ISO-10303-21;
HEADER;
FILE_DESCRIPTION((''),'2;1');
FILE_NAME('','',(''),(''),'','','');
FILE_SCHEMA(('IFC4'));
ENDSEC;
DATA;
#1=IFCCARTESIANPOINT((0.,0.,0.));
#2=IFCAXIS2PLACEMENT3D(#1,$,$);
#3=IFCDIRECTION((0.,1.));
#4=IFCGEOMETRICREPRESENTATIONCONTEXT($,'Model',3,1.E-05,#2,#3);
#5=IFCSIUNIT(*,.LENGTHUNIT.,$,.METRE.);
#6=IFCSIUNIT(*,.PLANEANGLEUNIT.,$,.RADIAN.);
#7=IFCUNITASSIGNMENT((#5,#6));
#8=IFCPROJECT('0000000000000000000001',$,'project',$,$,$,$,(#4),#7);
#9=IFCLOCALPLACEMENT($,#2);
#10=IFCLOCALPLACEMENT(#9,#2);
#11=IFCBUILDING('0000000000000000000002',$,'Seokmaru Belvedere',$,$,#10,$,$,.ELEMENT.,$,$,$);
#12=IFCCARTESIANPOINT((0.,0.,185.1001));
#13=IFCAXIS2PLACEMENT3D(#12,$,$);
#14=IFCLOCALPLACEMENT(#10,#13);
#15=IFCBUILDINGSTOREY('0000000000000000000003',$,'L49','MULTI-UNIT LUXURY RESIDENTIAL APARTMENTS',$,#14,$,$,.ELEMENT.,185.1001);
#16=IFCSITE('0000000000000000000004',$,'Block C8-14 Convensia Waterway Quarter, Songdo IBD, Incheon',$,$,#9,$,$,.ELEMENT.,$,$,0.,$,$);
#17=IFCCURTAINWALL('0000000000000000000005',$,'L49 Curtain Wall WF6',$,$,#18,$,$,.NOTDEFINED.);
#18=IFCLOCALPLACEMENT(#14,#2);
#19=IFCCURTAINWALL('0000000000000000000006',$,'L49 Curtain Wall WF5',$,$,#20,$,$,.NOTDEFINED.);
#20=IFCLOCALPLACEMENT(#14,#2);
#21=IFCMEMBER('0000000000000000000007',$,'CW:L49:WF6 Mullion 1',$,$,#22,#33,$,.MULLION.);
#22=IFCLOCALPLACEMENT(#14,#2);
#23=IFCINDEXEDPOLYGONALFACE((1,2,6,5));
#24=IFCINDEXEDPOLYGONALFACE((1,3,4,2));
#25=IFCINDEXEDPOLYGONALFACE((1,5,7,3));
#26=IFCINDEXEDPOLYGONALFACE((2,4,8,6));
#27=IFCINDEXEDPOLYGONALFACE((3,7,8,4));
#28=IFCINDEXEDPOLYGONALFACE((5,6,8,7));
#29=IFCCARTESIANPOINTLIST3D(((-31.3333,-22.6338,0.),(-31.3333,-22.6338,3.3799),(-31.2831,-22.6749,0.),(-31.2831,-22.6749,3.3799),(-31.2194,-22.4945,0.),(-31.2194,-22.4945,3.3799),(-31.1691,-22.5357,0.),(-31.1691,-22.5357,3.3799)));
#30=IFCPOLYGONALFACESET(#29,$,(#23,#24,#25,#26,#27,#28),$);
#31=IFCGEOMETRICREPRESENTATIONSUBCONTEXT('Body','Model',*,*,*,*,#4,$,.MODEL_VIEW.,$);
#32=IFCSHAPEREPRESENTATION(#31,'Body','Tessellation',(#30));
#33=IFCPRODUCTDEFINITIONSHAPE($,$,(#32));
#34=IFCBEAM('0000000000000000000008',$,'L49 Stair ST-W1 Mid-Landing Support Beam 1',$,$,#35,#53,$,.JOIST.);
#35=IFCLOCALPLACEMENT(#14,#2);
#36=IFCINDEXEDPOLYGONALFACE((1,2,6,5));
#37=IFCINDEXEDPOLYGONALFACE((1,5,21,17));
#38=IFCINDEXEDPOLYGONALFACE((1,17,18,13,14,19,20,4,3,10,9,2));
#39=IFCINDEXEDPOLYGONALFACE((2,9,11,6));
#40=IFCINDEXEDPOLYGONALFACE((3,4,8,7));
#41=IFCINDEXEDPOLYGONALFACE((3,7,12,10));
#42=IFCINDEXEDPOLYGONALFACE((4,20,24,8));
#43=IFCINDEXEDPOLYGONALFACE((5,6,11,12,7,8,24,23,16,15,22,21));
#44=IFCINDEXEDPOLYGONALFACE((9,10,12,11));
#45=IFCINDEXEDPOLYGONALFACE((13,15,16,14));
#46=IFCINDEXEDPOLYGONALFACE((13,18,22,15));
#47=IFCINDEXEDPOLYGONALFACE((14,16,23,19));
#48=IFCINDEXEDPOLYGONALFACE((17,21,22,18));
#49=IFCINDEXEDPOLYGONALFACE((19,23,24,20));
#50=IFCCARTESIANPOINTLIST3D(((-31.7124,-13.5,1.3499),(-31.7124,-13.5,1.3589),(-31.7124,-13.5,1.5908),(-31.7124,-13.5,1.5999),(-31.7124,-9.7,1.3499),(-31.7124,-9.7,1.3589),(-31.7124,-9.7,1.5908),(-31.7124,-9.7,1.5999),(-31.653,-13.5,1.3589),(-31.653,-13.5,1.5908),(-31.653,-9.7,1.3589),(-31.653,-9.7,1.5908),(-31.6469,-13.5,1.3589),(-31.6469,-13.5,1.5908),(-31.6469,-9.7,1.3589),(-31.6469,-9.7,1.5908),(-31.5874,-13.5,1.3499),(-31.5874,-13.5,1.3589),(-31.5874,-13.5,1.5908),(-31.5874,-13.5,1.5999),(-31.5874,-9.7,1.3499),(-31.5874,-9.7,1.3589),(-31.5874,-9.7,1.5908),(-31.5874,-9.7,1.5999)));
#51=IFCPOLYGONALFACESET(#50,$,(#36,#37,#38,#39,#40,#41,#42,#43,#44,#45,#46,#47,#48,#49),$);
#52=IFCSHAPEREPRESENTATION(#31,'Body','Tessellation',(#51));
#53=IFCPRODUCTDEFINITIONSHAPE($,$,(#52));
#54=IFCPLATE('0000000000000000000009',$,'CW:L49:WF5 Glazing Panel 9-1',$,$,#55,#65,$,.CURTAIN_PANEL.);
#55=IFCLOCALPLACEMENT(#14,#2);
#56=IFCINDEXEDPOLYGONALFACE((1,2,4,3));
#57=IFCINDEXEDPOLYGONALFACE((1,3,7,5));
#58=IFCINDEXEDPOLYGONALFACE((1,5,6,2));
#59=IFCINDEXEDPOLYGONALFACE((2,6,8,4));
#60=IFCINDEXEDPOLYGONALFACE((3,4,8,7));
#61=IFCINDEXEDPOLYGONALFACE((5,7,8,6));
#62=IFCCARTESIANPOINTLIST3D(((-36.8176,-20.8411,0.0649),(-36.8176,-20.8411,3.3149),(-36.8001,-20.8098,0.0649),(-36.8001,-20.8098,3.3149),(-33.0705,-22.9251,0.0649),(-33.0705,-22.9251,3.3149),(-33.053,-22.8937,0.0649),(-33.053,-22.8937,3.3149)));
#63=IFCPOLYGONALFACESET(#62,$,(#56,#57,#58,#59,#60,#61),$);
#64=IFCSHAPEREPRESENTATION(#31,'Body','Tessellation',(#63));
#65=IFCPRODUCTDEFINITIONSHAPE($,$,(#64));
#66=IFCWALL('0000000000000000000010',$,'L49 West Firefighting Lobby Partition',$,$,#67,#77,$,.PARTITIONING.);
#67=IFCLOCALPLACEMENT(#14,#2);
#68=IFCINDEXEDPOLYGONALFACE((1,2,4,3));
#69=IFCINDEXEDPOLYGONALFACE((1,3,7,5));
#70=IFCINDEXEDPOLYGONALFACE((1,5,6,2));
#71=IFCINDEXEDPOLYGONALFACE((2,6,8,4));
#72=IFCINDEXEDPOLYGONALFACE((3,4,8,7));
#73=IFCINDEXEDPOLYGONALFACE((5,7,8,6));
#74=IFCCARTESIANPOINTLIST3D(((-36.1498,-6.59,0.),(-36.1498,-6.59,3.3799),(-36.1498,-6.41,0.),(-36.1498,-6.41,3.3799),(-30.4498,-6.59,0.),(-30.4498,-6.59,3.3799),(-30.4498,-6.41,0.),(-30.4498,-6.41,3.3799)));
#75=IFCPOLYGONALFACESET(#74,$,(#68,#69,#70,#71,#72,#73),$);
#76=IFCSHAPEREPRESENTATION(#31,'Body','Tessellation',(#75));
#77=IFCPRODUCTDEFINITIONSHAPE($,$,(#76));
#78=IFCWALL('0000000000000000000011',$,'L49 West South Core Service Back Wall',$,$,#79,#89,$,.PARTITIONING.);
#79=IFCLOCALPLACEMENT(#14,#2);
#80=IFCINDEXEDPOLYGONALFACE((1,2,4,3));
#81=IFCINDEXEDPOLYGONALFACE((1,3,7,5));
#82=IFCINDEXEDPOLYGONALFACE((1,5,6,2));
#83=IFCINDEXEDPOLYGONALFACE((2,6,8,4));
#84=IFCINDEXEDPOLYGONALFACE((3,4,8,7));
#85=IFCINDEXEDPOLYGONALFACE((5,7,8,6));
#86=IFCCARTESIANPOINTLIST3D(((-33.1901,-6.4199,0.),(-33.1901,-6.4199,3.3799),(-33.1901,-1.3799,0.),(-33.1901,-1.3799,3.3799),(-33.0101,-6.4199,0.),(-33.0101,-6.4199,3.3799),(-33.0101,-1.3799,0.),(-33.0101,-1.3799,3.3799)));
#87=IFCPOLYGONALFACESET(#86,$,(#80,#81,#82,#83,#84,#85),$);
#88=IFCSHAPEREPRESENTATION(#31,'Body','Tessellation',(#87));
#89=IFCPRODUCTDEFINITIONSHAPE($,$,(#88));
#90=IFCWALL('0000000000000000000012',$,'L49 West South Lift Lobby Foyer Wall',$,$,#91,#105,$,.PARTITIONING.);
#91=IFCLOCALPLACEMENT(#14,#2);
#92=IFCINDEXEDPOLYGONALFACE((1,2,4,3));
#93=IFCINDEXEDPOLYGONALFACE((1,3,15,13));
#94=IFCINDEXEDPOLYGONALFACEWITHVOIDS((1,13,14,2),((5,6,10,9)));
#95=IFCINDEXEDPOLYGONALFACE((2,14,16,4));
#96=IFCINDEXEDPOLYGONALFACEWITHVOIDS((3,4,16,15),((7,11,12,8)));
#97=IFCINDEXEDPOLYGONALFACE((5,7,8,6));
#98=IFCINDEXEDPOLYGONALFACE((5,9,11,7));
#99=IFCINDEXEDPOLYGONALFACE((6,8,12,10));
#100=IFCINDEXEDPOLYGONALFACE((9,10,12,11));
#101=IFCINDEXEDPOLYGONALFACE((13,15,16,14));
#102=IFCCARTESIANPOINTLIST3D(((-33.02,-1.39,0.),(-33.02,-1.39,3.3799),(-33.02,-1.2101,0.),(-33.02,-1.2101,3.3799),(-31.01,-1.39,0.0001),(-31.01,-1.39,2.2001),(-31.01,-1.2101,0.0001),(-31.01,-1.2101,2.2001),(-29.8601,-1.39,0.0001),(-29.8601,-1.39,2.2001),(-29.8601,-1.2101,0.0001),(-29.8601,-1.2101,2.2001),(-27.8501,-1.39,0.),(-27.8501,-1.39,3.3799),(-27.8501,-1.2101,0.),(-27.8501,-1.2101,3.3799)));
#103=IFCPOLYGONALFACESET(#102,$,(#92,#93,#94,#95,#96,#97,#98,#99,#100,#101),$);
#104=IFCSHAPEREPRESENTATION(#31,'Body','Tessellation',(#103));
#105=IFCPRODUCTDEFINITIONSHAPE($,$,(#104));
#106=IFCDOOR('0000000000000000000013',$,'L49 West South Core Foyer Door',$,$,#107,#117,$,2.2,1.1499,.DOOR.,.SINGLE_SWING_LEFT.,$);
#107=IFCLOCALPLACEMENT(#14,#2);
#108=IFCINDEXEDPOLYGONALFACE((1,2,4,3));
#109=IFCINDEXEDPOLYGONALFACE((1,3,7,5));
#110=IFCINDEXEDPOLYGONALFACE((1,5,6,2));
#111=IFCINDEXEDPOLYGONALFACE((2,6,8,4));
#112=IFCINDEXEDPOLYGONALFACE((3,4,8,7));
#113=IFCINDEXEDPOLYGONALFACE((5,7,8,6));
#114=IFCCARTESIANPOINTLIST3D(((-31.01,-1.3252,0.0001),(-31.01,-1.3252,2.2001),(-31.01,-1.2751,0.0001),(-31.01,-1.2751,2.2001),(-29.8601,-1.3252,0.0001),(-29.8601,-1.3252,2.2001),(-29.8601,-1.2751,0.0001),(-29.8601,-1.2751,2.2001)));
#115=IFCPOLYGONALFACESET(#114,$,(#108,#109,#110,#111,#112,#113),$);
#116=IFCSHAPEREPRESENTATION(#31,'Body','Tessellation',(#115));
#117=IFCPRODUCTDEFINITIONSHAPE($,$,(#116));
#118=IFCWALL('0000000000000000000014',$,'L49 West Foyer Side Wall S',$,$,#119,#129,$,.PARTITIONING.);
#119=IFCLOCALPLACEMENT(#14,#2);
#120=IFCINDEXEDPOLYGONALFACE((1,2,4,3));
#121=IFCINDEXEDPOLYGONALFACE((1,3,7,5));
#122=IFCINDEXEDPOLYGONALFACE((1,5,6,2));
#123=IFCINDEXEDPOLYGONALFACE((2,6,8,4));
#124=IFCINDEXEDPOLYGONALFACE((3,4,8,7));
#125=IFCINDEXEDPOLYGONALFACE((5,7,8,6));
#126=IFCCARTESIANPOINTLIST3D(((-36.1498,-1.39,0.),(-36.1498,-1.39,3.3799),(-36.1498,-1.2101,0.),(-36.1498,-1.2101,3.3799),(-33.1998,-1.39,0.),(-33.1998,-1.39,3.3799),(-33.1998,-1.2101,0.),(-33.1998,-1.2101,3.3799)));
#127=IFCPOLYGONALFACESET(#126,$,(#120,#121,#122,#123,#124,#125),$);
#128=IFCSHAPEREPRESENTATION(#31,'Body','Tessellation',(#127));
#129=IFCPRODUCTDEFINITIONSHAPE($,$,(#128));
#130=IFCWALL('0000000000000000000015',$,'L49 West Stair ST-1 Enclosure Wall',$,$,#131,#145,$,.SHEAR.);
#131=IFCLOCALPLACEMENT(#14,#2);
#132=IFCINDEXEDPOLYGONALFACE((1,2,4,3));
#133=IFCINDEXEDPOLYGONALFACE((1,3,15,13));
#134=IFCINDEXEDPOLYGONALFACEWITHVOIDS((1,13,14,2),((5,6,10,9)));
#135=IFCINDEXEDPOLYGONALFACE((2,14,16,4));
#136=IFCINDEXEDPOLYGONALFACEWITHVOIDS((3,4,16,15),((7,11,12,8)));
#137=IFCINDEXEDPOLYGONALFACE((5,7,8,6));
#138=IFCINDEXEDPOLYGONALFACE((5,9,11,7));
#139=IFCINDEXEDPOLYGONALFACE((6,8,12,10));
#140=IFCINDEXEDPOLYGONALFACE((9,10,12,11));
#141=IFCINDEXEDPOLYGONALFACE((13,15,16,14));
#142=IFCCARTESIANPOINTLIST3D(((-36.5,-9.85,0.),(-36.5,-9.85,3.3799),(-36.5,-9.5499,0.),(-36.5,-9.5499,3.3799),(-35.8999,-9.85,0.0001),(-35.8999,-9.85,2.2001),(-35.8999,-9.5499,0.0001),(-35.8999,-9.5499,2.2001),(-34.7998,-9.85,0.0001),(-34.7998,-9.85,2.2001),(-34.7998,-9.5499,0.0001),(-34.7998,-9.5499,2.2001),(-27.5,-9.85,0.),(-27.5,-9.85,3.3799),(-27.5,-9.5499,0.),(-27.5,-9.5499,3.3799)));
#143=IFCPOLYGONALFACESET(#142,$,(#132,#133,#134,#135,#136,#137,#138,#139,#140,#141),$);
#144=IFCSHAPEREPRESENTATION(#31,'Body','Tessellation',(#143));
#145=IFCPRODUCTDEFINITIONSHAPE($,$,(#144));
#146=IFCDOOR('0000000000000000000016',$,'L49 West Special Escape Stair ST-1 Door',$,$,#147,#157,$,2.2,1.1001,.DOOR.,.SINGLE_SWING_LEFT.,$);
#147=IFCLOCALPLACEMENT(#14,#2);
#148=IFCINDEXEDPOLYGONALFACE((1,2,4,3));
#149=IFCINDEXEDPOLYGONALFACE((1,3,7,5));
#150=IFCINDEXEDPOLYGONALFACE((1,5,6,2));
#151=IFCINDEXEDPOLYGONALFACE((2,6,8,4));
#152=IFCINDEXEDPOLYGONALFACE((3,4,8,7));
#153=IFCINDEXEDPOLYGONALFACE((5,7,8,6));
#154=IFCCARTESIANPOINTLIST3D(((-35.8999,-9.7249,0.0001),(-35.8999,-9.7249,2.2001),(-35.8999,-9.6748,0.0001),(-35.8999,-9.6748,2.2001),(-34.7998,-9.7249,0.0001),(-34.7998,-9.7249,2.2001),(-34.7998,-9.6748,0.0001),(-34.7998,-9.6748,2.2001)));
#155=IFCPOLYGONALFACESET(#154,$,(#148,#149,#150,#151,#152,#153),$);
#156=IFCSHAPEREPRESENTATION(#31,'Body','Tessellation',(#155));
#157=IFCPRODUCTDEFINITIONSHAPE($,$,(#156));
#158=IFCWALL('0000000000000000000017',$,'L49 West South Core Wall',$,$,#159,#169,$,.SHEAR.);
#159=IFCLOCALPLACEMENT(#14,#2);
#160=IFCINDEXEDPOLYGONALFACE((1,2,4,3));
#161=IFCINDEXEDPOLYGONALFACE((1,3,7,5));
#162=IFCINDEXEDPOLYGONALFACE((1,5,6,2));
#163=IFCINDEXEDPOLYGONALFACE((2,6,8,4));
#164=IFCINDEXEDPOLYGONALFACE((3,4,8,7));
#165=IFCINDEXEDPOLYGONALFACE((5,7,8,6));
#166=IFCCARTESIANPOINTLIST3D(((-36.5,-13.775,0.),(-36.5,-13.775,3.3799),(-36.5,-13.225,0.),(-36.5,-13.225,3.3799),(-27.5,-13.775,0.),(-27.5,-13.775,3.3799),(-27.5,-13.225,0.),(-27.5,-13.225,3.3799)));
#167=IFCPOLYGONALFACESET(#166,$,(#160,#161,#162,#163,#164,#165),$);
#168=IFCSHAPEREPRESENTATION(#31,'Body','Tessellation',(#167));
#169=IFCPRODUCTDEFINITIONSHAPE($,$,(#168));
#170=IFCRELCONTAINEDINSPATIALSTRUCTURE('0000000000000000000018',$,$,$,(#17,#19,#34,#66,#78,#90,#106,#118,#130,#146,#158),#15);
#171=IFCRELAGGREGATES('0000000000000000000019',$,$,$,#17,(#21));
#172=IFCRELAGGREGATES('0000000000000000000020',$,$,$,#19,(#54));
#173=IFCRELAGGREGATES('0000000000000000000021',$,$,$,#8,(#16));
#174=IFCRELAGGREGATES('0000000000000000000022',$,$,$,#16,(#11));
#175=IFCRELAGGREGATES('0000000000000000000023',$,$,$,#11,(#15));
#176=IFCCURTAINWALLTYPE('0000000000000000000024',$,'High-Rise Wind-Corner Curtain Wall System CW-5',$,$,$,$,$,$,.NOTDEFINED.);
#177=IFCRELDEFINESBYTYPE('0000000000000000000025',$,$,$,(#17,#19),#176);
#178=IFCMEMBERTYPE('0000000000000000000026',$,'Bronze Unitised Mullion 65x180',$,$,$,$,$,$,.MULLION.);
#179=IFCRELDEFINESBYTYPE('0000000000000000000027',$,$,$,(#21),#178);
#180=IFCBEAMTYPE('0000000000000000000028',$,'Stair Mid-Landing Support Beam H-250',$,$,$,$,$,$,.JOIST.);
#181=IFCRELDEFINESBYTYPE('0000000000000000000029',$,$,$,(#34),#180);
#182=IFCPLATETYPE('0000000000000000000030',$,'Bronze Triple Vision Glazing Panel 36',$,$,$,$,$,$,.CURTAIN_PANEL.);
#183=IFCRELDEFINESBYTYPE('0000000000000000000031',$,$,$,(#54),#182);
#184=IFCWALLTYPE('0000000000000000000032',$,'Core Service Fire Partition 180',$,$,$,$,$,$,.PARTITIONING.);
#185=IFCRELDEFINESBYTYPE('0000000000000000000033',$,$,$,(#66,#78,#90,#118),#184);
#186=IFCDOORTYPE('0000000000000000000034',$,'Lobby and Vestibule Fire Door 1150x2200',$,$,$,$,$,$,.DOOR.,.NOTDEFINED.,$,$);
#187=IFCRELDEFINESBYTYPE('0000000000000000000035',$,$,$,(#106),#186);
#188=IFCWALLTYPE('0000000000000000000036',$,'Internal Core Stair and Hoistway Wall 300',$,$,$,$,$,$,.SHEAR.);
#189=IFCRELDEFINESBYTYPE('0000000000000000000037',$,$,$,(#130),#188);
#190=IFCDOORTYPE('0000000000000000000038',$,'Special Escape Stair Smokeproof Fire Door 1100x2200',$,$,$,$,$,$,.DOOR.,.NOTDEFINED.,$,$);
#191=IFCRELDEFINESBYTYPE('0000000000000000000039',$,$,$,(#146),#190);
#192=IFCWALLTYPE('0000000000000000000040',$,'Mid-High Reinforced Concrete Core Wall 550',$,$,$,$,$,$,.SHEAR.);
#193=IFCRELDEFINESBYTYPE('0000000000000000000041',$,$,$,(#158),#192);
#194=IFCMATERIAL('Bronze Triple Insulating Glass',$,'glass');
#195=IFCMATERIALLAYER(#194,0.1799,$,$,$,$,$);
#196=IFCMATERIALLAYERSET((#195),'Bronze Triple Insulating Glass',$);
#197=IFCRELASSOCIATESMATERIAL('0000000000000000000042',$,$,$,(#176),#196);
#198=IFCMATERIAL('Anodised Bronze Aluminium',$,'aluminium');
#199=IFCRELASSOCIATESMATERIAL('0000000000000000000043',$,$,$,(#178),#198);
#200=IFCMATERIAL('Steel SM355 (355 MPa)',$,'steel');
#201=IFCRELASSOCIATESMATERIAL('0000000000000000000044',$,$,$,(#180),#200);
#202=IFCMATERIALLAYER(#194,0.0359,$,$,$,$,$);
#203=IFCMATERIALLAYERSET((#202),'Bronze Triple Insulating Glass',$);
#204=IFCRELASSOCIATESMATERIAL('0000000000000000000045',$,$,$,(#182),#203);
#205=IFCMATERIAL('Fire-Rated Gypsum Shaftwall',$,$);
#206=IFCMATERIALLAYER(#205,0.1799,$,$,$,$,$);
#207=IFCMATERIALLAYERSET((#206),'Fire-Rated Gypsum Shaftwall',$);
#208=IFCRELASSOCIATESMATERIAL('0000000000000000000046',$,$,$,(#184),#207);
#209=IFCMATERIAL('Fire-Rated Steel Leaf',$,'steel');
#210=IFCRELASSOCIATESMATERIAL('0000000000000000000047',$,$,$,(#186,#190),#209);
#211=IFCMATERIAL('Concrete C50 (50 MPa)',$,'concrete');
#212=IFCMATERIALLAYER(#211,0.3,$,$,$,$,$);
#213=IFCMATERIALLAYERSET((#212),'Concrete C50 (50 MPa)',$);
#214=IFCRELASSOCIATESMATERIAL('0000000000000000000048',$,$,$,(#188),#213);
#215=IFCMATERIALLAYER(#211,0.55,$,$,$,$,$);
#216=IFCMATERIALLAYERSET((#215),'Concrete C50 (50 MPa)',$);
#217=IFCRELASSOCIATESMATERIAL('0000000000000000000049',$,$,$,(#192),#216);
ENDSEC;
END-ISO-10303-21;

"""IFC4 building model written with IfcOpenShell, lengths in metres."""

from ifc_helpers import new_model, si_unit, direction, frame, frame_2d, origin, origin_2d, place, context, subcontext, project, spatial, rectangle, i_section, extrude, source, transform, mapped, material, layer, layer_set, material_profile, profile_set, type_object, type_shapes, element, fill, aggregate, save


model = new_model("IFC4")

# Units and contexts
model_context = context("Model", 3, precision=1e-05, world=origin(), true_north=direction((0.0, 1.0)))
body_context = subcontext(model_context, "Body", "Model", "MODEL_VIEW")
ifc_project = project(units=[si_unit("LENGTHUNIT", "METRE"), si_unit("PLANEANGLEUNIT", "RADIAN")], contexts=[model_context])

# Site, building, storey
site_placement = place(None, origin())
site = spatial("IfcSite", under=ifc_project, at=site_placement, Name="Block C8-14 Convensia Waterway Quarter, Songdo IBD, Incheon", CompositionType="ELEMENT", RefElevation=0.0)
building_placement = place(site_placement, origin())
building = spatial("IfcBuilding", under=site, at=building_placement, Name="Seokmaru Belvedere", CompositionType="ELEMENT")
storey_placement = place(building_placement, frame((0.0, 0.0, 185.1001)))
storey = spatial("IfcBuildingStorey", under=building, at=storey_placement, Name="L49", Description="MULTI-UNIT LUXURY RESIDENTIAL APARTMENTS", CompositionType="ELEMENT", Elevation=185.1001)

# Shared definitions
ifc_material_1 = material(Name="Steel SM355 (355 MPa)", Category="steel")

# Curtain wall
ifc_material_2 = material(Name="Bronze Triple Insulating Glass", Category="glass")
ifc_layer_1 = layer(ifc_material_2, 0.1799)
ifc_layer_set_1 = layer_set([ifc_layer_1], Name="Bronze Triple Insulating Glass")
curtain_wall_type = type_object("IfcCurtainWallType", Name="High-Rise Wind-Corner Curtain Wall System CW-5", PredefinedType="NOTDEFINED", material=ifc_layer_set_1)
curtain_wall_1_placement = place(storey_placement, origin())
curtain_wall_1 = element("IfcCurtainWall", 1, at=curtain_wall_1_placement, inside=storey, type_object=curtain_wall_type, Name="L49 Curtain Wall WF6", PredefinedType="NOTDEFINED")
ifc_material_3 = material(Name="Anodised Bronze Aluminium", Category="aluminium")

# Curtain wall
curtain_wall_2_placement = place(storey_placement, origin())
curtain_wall_2 = element("IfcCurtainWall", 2, at=curtain_wall_2_placement, inside=storey, type_object=curtain_wall_type, Name="L49 Curtain Wall WF5", PredefinedType="NOTDEFINED")
ifc_material_profile_1 = material_profile(ifc_material_3, rectangle(XDim=0.0649, YDim=0.1799, at=origin_2d()), Name="CW-M-65x180")
ifc_profile_set_1 = profile_set([ifc_material_profile_1], Name="Anodised Bronze Aluminium")
member_type_1 = type_object("IfcMemberType", Name="Bronze Unitised Mullion 65x180", PredefinedType="MULLION", material=ifc_profile_set_1)
shared_shape_1 = source(origin(), body_context, "Body", "SweptSolid", [
    extrude(rectangle(XDim=0.0649, YDim=0.1799, at=origin_2d()), origin(), (0.0, 0.0, 1.0), 3.3799),
])
type_shapes(member_type_1, [shared_shape_1])

# Member
member_1_placement = place(storey_placement, frame((-31.2512, -22.5847, 0.0), z_axis=(0.0, 0.0, 1.0), x_axis=(-0.773944, 0.633254, 0.0)))
member_1 = element("IfcMember", 3, at=member_1_placement, type_object=member_type_1, Name="CW:L49:WF6 Mullion 1", PredefinedType="MULLION", context=body_context, shape_type="MappedRepresentation", body=[
    mapped(shared_shape_1, transform((0.0, 0.0, 0.0), scale=1.0)),
])
aggregate(curtain_wall_1, [member_1])

# Beam
ifc_material_profile_2 = material_profile(ifc_material_1, i_section(OverallWidth=0.125, OverallDepth=0.25, WebThickness=0.0061, FlangeThickness=0.009, at=origin_2d()), Name="H-250x125x6x9")
ifc_profile_set_2 = profile_set([ifc_material_profile_2], Name="Steel SM355 (355 MPa)")
beam_type_1 = type_object("IfcBeamType", Name="Stair Mid-Landing Support Beam H-250", PredefinedType="JOIST", material=ifc_profile_set_2)
shared_shape_2 = source(origin(), body_context, "Body", "SweptSolid", [
    extrude(i_section(OverallWidth=0.125, OverallDepth=0.25, WebThickness=0.0061, FlangeThickness=0.009, at=origin_2d()), origin(), (0.0, 0.0, 1.0), 3.8),
])
type_shapes(beam_type_1, [shared_shape_2])
beam_1_placement = place(storey_placement, frame((-31.6499, -13.5, 1.4749), z_axis=(0.0, 1.0, 0.0), x_axis=(-1.0, 0.0, 0.0)))
element("IfcBeam", 4, at=beam_1_placement, inside=storey, type_object=beam_type_1, Name="L49 Stair ST-W1 Mid-Landing Support Beam 1", PredefinedType="JOIST", context=body_context, shape_type="MappedRepresentation", body=[
    mapped(shared_shape_2, transform((0.0, 0.0, 0.0), scale=1.0)),
])

# Plate
ifc_layer_2 = layer(ifc_material_2, 0.0359)
ifc_layer_set_2 = layer_set([ifc_layer_2], Name="Bronze Triple Insulating Glass")
plate_type = type_object("IfcPlateType", Name="Bronze Triple Vision Glazing Panel 36", PredefinedType="CURTAIN_PANEL", material=ifc_layer_set_2)
shared_shape_3 = source(origin(), body_context, "Body", "SweptSolid", [
    extrude(rectangle(XDim=4.2876, YDim=0.0359, at=origin_2d()), origin(), (0.0, 0.0, 1.0), 3.25),
])
type_shapes(plate_type, [shared_shape_3])
plate_placement = place(storey_placement, frame((-34.9353, -21.8674, 0.0649), z_axis=(0.0, 0.0, 1.0), x_axis=(0.873933, -0.486047, 0.0)))
plate = element("IfcPlate", 5, at=plate_placement, type_object=plate_type, Name="CW:L49:WF5 Glazing Panel 9-1", PredefinedType="CURTAIN_PANEL", context=body_context, shape_type="MappedRepresentation", body=[
    mapped(shared_shape_3, transform((0.0, 0.0, 0.0), scale=1.0)),
])
aggregate(curtain_wall_2, [plate])

# Walls
ifc_material_4 = material(Name="Fire-Rated Gypsum Shaftwall")
ifc_layer_3 = layer(ifc_material_4, 0.1799)
ifc_layer_set_3 = layer_set([ifc_layer_3], Name="Fire-Rated Gypsum Shaftwall")
wall_type_1 = type_object("IfcWallType", Name="Core Service Fire Partition 180", PredefinedType="PARTITIONING", material=ifc_layer_set_3)
wall_1_placement = place(storey_placement, frame((-36.1499, -6.5, 0.0), z_axis=(0.0, 0.0, 1.0), x_axis=(1.0, 0.0, 0.0)))
element("IfcWall", 6, at=wall_1_placement, inside=storey, type_object=wall_type_1, Name="L49 West Firefighting Lobby Partition", PredefinedType="PARTITIONING", context=body_context, shape_type="SweptSolid", body=[
    extrude(rectangle(XDim=5.7, YDim=0.1799, at=frame_2d((2.8501, 0.0))), origin(), (0.0, 0.0, 1.0), 3.3799),
])
wall_2_placement = place(storey_placement, frame((-33.1001, -6.4199, 0.0), z_axis=(0.0, 0.0, 1.0), x_axis=(0.0, 1.0, 0.0)))
element("IfcWall", 7, at=wall_2_placement, inside=storey, type_object=wall_type_1, Name="L49 West South Core Service Back Wall", PredefinedType="PARTITIONING", context=body_context, shape_type="SweptSolid", body=[
    extrude(rectangle(XDim=5.04, YDim=0.1799, at=frame_2d((2.52, 0.0))), origin(), (0.0, 0.0, 1.0), 3.3799),
])

# Wall, opening, door
wall_3_placement = place(storey_placement, frame((-33.02, -1.3, 0.0), z_axis=(0.0, 0.0, 1.0), x_axis=(1.0, 0.0, 0.0)))
wall_3 = element("IfcWall", 8, at=wall_3_placement, inside=storey, type_object=wall_type_1, Name="L49 West South Lift Lobby Foyer Wall", PredefinedType="PARTITIONING", context=body_context, shape_type="SweptSolid", body=[
    extrude(rectangle(XDim=5.1699, YDim=0.1799, at=frame_2d((2.585, 0.0))), origin(), (0.0, 0.0, 1.0), 3.3799),
])
opening_1_placement = place(wall_3_placement, frame((2.01, 0.0, 0.0)))
opening_1 = element("IfcOpeningElement", 9, at=opening_1_placement, cuts=wall_3, PredefinedType="OPENING", context=body_context, shape_type="SweptSolid", body=[
    extrude(rectangle(XDim=1.1499, YDim=2.2, at=frame_2d((0.575, 1.1001))), frame((0.0, 0.1001, 0.0), z_axis=(0.0, -1.0, 0.0), x_axis=(1.0, 0.0, 0.0)), (0.0, 0.0, 1.0), 0.2),
])
ifc_material_5 = material(Name="Fire-Rated Steel Leaf", Category="steel")
door_type_1 = type_object("IfcDoorType", Name="Lobby and Vestibule Fire Door 1150x2200", OperationType="NOTDEFINED", PredefinedType="DOOR", material=ifc_material_5)
shared_shape_4 = source(origin(), body_context, "Body", "SweptSolid", [
    extrude(rectangle(XDim=1.1499, YDim=2.2, at=frame_2d((0.575, 1.1001))), frame((0.0, 0.0249, 0.0), z_axis=(0.0, -1.0, 0.0), x_axis=(1.0, 0.0, 0.0)), (0.0, 0.0, 1.0), 0.05),
])
type_shapes(door_type_1, [shared_shape_4])
door_1_placement = place(opening_1_placement, origin())
door_1 = element("IfcDoor", 10, at=door_1_placement, inside=storey, type_object=door_type_1, Name="L49 West South Core Foyer Door", OperationType="SINGLE_SWING_LEFT", OverallHeight=2.2, OverallWidth=1.1499, PredefinedType="DOOR", context=body_context, shape_type="MappedRepresentation", body=[
    mapped(shared_shape_4, transform((0.0, 0.0, 0.0), scale=1.0)),
])
fill(opening_1, door_1)

# Wall
wall_4_placement = place(storey_placement, frame((-36.1499, -1.3, 0.0), z_axis=(0.0, 0.0, 1.0), x_axis=(1.0, 0.0, 0.0)))
element("IfcWall", 11, at=wall_4_placement, inside=storey, type_object=wall_type_1, Name="L49 West Foyer Side Wall S", PredefinedType="PARTITIONING", context=body_context, shape_type="SweptSolid", body=[
    extrude(rectangle(XDim=2.95, YDim=0.1799, at=frame_2d((1.4751, 0.0))), origin(), (0.0, 0.0, 1.0), 3.3799),
])

# Wall, opening, door
ifc_material_6 = material(Name="Concrete C50 (50 MPa)", Category="concrete")
ifc_layer_4 = layer(ifc_material_6, 0.3)
ifc_layer_set_4 = layer_set([ifc_layer_4], Name="Concrete C50 (50 MPa)")
wall_type_2 = type_object("IfcWallType", Name="Internal Core Stair and Hoistway Wall 300", PredefinedType="SHEAR", material=ifc_layer_set_4)
wall_5_placement = place(storey_placement, frame((-36.5, -9.7, 0.0), z_axis=(0.0, 0.0, 1.0), x_axis=(1.0, 0.0, 0.0)))
wall_5 = element("IfcWall", 12, at=wall_5_placement, inside=storey, type_object=wall_type_2, Name="L49 West Stair ST-1 Enclosure Wall", PredefinedType="SHEAR", context=body_context, shape_type="SweptSolid", body=[
    extrude(rectangle(XDim=9.0, YDim=0.3, at=frame_2d((4.5, 0.0))), origin(), (0.0, 0.0, 1.0), 3.3799),
])
opening_2_placement = place(wall_5_placement, frame((0.6001, 0.0, 0.0)))
opening_2 = element("IfcOpeningElement", 13, at=opening_2_placement, cuts=wall_5, PredefinedType="OPENING", context=body_context, shape_type="SweptSolid", body=[
    extrude(rectangle(XDim=1.1001, YDim=2.2, at=frame_2d((0.55, 1.1001))), frame((0.0, 0.1602, 0.0), z_axis=(0.0, -1.0, 0.0), x_axis=(1.0, 0.0, 0.0)), (0.0, 0.0, 1.0), 0.3201),
])
door_type_2 = type_object("IfcDoorType", Name="Special Escape Stair Smokeproof Fire Door 1100x2200", OperationType="NOTDEFINED", PredefinedType="DOOR", material=ifc_material_5)
shared_shape_5 = source(origin(), body_context, "Body", "SweptSolid", [
    extrude(rectangle(XDim=1.1001, YDim=2.2, at=frame_2d((0.55, 1.1001))), frame((0.0, 0.0249, 0.0), z_axis=(0.0, -1.0, 0.0), x_axis=(1.0, 0.0, 0.0)), (0.0, 0.0, 1.0), 0.05),
])
type_shapes(door_type_2, [shared_shape_5])
door_2_placement = place(opening_2_placement, frame((1.1001, 0.0, 0.0), z_axis=(0.0, 0.0, 1.0), x_axis=(-1.0, 0.0, 0.0)))
door_2 = element("IfcDoor", 14, at=door_2_placement, inside=storey, type_object=door_type_2, Name="L49 West Special Escape Stair ST-1 Door", OperationType="SINGLE_SWING_LEFT", OverallHeight=2.2, OverallWidth=1.1001, PredefinedType="DOOR", context=body_context, shape_type="MappedRepresentation", body=[
    mapped(shared_shape_5, transform((0.0, 0.0, 0.0), scale=1.0)),
])
fill(opening_2, door_2)

# Wall
ifc_layer_5 = layer(ifc_material_6, 0.55)
ifc_layer_set_5 = layer_set([ifc_layer_5], Name="Concrete C50 (50 MPa)")
wall_type_3 = type_object("IfcWallType", Name="Mid-High Reinforced Concrete Core Wall 550", PredefinedType="SHEAR", material=ifc_layer_set_5)
wall_6_placement = place(storey_placement, frame((-36.5, -13.5, 0.0), z_axis=(0.0, 0.0, 1.0), x_axis=(1.0, 0.0, 0.0)))
element("IfcWall", 15, at=wall_6_placement, inside=storey, type_object=wall_type_3, Name="L49 West South Core Wall", PredefinedType="SHEAR", context=body_context, shape_type="SweptSolid", body=[
    extrude(rectangle(XDim=9.0, YDim=0.55, at=frame_2d((4.5, 0.0))), origin(), (0.0, 0.0, 1.0), 3.3799),
])

save(model, "model.ifc")
